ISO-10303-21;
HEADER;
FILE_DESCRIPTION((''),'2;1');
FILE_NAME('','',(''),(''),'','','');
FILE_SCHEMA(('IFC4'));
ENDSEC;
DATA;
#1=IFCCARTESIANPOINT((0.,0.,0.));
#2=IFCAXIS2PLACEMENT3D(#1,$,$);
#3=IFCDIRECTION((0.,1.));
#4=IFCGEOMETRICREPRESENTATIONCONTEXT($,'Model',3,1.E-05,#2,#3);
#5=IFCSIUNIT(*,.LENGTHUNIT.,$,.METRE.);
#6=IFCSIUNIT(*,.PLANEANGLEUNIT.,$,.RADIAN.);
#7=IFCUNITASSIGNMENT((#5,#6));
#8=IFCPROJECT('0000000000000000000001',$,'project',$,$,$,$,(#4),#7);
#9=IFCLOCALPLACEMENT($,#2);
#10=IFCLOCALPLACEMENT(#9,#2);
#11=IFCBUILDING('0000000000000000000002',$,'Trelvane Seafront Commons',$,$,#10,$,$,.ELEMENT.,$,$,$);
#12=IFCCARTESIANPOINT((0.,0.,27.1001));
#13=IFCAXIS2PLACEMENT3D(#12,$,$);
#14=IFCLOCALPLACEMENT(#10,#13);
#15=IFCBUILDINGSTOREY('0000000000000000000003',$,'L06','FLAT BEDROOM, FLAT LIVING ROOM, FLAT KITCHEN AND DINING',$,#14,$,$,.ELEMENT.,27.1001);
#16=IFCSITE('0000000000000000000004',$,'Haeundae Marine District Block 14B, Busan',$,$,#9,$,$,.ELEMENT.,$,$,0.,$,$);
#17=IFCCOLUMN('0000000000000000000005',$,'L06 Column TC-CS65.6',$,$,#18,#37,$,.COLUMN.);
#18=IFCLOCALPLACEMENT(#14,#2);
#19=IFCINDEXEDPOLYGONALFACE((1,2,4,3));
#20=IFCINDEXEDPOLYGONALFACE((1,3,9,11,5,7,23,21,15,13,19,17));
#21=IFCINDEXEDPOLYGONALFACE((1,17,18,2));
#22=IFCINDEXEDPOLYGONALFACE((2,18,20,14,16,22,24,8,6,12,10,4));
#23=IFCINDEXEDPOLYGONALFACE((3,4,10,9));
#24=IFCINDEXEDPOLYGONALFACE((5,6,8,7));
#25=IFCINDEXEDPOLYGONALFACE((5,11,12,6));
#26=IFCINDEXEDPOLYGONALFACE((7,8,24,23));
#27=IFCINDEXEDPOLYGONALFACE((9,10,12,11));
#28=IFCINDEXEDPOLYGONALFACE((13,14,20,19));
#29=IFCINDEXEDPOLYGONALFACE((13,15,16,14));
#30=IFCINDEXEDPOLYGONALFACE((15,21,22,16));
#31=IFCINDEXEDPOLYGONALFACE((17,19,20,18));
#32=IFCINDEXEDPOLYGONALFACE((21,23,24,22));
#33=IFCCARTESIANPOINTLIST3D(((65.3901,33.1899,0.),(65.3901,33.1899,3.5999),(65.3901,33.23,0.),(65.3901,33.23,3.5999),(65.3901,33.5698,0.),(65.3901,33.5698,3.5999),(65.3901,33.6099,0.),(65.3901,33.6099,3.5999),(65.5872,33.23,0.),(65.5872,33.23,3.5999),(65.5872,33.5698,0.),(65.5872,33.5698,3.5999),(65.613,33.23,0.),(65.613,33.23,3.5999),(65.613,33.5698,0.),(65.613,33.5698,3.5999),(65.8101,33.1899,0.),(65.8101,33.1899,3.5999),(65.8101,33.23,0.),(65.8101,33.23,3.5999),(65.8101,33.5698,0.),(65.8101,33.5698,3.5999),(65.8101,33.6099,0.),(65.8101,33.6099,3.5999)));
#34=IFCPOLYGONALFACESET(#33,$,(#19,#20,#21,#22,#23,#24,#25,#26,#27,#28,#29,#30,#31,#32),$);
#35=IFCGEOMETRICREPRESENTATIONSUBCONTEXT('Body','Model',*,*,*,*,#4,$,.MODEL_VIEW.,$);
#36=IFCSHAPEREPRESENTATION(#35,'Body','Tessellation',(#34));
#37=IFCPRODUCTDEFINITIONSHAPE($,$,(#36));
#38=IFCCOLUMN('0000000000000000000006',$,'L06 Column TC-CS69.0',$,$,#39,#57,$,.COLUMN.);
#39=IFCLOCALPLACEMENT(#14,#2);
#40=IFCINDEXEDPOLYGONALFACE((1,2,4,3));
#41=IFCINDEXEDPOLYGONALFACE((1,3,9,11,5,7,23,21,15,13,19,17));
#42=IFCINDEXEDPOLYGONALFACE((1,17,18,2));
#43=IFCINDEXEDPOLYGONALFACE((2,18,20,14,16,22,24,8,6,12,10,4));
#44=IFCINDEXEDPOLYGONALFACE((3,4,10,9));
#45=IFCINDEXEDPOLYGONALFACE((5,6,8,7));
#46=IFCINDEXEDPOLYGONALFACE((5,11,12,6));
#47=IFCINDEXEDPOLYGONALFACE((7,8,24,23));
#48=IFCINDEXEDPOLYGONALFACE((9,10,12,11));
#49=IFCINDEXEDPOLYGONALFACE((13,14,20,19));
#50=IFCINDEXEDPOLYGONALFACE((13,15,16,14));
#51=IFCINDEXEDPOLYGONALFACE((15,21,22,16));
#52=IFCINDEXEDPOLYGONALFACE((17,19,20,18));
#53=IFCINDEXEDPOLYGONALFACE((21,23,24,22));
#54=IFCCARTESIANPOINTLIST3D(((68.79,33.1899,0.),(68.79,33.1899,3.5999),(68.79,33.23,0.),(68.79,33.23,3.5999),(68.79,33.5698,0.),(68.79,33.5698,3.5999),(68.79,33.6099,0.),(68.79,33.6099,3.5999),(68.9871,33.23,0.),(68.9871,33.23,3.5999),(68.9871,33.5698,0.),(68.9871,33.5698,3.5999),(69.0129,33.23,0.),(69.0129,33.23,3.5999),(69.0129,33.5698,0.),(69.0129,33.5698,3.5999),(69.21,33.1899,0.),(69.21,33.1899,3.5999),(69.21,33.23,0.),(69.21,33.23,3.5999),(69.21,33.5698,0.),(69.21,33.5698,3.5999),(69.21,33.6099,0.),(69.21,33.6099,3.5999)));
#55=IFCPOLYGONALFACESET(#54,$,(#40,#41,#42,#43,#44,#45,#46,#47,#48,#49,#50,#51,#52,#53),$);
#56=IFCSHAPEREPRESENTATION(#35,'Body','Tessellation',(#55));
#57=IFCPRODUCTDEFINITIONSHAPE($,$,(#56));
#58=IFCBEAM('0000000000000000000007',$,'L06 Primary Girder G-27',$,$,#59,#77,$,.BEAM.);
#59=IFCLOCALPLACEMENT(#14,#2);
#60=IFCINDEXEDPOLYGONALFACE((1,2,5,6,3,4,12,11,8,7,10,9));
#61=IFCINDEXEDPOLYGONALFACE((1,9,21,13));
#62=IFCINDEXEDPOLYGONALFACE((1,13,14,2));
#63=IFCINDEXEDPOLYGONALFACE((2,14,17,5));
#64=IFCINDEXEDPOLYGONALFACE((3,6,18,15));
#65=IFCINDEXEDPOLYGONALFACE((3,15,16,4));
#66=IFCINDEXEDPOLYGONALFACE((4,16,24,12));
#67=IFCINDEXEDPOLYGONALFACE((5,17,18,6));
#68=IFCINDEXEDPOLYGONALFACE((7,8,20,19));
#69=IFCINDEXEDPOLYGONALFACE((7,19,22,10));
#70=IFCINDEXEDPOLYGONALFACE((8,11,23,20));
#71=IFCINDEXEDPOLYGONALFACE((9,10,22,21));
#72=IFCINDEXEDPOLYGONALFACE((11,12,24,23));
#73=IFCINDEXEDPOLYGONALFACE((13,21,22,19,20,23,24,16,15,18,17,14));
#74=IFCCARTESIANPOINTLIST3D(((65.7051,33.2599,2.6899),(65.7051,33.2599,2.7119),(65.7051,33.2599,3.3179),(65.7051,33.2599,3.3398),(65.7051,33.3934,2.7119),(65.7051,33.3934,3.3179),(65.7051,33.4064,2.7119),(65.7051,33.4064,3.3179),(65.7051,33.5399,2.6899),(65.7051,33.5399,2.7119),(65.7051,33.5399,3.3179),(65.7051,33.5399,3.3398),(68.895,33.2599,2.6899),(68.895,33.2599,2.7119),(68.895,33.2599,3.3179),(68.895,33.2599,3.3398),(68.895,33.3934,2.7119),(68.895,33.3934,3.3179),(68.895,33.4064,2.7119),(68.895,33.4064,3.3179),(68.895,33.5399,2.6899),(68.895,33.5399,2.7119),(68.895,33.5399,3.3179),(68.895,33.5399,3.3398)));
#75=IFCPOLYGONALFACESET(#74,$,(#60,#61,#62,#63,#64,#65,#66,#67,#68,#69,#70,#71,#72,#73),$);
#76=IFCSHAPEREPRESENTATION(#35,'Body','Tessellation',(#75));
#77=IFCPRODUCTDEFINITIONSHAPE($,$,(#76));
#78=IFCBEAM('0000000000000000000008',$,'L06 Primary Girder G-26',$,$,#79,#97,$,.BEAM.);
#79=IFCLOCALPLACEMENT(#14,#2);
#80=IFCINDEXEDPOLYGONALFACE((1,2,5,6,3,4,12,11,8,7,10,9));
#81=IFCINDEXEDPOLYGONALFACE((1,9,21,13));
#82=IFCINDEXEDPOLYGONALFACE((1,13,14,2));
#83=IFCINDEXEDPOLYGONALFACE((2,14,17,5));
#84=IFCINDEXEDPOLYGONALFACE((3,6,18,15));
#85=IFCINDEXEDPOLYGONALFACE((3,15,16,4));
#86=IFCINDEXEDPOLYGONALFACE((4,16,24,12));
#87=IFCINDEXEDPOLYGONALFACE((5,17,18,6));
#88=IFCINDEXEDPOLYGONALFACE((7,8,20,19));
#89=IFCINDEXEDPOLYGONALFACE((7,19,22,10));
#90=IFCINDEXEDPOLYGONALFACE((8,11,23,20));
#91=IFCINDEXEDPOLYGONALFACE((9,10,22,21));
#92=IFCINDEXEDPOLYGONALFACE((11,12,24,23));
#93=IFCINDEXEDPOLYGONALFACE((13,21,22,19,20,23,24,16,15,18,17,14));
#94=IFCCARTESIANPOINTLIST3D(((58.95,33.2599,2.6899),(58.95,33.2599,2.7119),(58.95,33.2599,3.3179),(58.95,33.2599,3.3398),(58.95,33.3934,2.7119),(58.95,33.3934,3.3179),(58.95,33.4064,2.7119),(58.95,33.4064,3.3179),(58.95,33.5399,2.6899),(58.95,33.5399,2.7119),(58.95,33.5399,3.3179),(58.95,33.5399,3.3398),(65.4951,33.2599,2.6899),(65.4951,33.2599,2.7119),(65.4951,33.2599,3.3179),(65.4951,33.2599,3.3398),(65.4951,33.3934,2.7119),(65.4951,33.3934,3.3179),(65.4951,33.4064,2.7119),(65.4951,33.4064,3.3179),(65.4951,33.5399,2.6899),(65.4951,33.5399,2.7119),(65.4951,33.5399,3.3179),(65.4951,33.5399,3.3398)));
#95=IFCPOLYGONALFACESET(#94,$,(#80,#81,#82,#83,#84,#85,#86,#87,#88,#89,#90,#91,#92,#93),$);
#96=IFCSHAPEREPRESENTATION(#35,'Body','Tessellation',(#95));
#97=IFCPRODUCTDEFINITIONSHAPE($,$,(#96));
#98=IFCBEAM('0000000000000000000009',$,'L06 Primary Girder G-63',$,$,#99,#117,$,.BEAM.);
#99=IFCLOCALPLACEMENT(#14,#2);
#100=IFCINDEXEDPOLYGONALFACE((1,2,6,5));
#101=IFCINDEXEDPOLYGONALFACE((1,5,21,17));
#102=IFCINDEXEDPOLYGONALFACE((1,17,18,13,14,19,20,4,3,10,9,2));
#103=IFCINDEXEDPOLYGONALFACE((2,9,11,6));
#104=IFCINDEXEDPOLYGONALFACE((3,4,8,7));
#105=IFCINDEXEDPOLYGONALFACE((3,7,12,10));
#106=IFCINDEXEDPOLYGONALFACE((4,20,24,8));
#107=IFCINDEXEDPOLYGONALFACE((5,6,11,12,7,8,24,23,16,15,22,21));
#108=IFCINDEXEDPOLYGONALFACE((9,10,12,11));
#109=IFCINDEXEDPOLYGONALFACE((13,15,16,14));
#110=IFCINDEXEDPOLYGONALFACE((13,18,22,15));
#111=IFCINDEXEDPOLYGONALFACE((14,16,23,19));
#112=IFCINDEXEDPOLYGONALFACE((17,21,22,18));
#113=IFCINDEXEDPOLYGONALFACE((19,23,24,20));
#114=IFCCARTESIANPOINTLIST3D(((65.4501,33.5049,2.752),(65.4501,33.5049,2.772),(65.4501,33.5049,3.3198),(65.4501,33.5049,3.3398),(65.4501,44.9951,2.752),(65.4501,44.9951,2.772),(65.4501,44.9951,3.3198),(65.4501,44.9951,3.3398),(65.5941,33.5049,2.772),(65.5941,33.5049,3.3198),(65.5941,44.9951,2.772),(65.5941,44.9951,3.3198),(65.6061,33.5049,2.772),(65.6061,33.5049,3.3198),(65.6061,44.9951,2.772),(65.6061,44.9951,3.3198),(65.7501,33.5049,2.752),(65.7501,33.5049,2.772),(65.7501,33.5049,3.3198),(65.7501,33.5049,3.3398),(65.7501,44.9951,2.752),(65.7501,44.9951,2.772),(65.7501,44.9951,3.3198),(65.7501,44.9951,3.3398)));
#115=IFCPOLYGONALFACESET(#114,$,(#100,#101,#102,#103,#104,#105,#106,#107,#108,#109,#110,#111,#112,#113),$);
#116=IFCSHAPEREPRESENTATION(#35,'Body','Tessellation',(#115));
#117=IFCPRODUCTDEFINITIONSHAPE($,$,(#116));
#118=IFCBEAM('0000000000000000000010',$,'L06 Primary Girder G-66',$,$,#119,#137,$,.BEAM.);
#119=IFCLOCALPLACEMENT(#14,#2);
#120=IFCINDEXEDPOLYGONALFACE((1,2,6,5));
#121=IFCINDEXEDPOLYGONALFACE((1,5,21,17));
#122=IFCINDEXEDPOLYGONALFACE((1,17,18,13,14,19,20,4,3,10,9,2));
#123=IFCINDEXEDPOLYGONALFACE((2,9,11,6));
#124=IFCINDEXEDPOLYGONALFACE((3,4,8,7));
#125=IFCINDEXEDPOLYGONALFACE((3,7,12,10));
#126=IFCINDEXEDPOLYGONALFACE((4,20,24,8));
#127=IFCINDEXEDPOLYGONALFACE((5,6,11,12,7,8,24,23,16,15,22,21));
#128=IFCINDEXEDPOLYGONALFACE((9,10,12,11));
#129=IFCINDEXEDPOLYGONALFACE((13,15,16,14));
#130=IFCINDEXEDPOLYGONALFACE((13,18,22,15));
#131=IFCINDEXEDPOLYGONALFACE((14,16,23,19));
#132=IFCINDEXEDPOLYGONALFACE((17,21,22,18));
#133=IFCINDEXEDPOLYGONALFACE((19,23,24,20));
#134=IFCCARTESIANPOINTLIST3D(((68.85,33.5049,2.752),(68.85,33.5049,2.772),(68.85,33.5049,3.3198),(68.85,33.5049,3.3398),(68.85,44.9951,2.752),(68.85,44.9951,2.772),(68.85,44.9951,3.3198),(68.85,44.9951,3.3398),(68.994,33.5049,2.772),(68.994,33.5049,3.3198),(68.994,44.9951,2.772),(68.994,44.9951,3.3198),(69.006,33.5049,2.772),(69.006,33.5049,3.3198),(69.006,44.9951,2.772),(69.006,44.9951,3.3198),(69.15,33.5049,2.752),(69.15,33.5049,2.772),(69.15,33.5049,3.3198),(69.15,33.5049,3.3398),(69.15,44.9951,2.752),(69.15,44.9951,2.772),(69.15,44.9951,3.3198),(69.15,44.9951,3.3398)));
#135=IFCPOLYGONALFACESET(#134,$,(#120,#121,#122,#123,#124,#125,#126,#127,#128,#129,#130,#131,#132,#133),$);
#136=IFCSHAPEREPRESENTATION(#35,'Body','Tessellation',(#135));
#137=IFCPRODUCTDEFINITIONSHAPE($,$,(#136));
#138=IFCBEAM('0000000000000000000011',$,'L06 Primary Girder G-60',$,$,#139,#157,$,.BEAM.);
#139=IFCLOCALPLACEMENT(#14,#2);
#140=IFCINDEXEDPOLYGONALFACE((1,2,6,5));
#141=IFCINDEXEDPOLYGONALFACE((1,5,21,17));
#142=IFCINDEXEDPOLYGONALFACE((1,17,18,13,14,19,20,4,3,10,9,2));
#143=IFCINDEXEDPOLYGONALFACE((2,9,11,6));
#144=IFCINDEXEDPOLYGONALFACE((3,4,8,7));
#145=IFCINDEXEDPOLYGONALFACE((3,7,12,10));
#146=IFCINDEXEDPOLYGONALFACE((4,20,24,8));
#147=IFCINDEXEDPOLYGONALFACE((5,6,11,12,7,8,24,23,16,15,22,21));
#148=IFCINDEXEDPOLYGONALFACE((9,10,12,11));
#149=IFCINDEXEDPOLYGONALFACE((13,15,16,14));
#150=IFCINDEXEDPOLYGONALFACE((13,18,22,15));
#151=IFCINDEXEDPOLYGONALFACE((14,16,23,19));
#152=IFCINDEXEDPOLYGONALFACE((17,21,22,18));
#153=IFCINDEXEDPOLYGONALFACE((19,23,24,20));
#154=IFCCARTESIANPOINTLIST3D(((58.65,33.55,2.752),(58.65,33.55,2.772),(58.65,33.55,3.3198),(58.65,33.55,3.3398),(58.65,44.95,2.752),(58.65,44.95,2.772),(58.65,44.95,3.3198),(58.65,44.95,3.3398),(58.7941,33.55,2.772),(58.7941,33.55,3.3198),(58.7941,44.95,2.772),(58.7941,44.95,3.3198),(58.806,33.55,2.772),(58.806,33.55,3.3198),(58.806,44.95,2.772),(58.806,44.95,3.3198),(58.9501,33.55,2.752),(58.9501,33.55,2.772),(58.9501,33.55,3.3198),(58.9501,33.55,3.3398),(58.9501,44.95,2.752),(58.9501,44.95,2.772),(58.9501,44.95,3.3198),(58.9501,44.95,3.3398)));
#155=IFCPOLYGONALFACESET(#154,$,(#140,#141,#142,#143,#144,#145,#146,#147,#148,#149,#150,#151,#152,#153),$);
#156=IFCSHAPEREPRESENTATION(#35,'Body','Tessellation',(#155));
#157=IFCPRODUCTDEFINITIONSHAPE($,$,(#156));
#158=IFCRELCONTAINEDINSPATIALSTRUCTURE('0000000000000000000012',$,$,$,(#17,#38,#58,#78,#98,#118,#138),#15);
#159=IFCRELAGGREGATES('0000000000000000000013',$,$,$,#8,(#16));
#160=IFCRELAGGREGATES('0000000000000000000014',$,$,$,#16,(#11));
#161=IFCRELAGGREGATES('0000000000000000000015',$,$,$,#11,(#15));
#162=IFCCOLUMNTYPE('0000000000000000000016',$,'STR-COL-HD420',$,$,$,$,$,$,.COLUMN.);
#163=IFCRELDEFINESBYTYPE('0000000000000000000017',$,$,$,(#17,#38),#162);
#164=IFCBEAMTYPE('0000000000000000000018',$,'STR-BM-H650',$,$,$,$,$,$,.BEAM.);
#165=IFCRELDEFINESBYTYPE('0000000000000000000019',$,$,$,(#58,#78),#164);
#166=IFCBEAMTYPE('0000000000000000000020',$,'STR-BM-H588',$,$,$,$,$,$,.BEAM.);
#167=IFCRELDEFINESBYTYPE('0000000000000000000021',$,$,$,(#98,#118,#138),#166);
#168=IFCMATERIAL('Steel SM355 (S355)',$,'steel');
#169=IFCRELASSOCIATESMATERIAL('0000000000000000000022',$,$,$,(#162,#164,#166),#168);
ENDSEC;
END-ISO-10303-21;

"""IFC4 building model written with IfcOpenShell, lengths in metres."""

from ifc_helpers import new_model, si_unit, direction, frame, origin, origin_2d, place, context, subcontext, project, spatial, i_section, extrude, source, transform, mapped, material, material_profile, profile_set, type_object, element, save


model = new_model("IFC4")

# Units and contexts
model_context = context("Model", 3, precision=1e-05, world=origin(), true_north=direction((0.0, 1.0)))
body_context = subcontext(model_context, "Body", "Model", "MODEL_VIEW")
ifc_project = project(units=[si_unit("LENGTHUNIT", "METRE"), si_unit("PLANEANGLEUNIT", "RADIAN")], contexts=[model_context])

# Site, building, storey
site_placement = place(None, origin())
site = spatial("IfcSite", under=ifc_project, at=site_placement, Name="Haeundae Marine District Block 14B, Busan", CompositionType="ELEMENT", RefElevation=0.0)
building_placement = place(site_placement, origin())
building = spatial("IfcBuilding", under=site, at=building_placement, Name="Trelvane Seafront Commons", CompositionType="ELEMENT")
storey_placement = place(building_placement, frame((0.0, 0.0, 27.1001)))
storey = spatial("IfcBuildingStorey", under=building, at=storey_placement, Name="L06", Description="FLAT BEDROOM, FLAT LIVING ROOM, FLAT KITCHEN AND DINING", CompositionType="ELEMENT", Elevation=27.1001)

# Columns
ifc_material_1 = material(Name="Steel SM355 (S355)", Category="steel")
ifc_material_profile_1 = material_profile(ifc_material_1, i_section(OverallWidth=0.4199, OverallDepth=0.4199, WebThickness=0.0259, FlangeThickness=0.04, at=origin_2d()), Name="HD-420x420x26x40")
ifc_profile_set_1 = profile_set([ifc_material_profile_1], Name="Steel SM355 (S355)")
column_type = type_object("IfcColumnType", Name="STR-COL-HD420", PredefinedType="COLUMN", material=ifc_profile_set_1)
shared_shape_1 = source(origin(), body_context, "Body", "SweptSolid", [
    extrude(i_section(OverallWidth=0.4199, OverallDepth=0.4199, WebThickness=0.0259, FlangeThickness=0.04, at=origin_2d()), origin(), (0.0, 0.0, 1.0), 3.5999),
])
for number, where, z_axis, x_axis, name in (
    (1, (65.6001, 33.3999, 0.0), (0.0, 0.0, 1.0), (1.0, 0.0, 0.0), "L06 Column TC-CS65.6"),
    (2, (69.0, 33.3999, 0.0), (0.0, 0.0, 1.0), (1.0, 0.0, 0.0), "L06 Column TC-CS69.0"),
):
    element("IfcColumn", number, at=place(storey_placement, frame(where, z_axis=z_axis, x_axis=x_axis)), inside=storey, type_object=column_type, Name=name, PredefinedType="COLUMN", context=body_context, shape_type="MappedRepresentation", body=[
        mapped(shared_shape_1, transform((0.0, 0.0, 0.0), x_axis=(1.0, 0.0, 0.0), y_axis=(0.0, 1.0, 0.0), z_axis=(0.0, 0.0, 1.0), scale=1.0)),
    ])

# Beams
ifc_material_profile_2 = material_profile(ifc_material_1, i_section(OverallWidth=0.28, OverallDepth=0.6499, WebThickness=0.0129, FlangeThickness=0.022, at=origin_2d()), Name="H-650x280x13x22")
ifc_profile_set_2 = profile_set([ifc_material_profile_2], Name="Steel SM355 (S355)")
beam_type_1 = type_object("IfcBeamType", Name="STR-BM-H650", PredefinedType="BEAM", material=ifc_profile_set_2)
shared_shape_2 = source(origin(), body_context, "Body", "SweptSolid", [
    extrude(i_section(OverallWidth=0.28, OverallDepth=0.6499, WebThickness=0.0129, FlangeThickness=0.022, at=origin_2d()), origin(), (0.0, 0.0, 1.0), 3.1899),
])
beam_1_placement = place(storey_placement, frame((65.7051, 33.3999, 3.0149), z_axis=(1.0, 0.0, 0.0), x_axis=(0.0, 1.0, 0.0)))
element("IfcBeam", 3, at=beam_1_placement, inside=storey, type_object=beam_type_1, Name="L06 Primary Girder G-27", PredefinedType="BEAM", context=body_context, shape_type="MappedRepresentation", body=[
    mapped(shared_shape_2, transform((0.0, 0.0, 0.0), x_axis=(1.0, 0.0, 0.0), y_axis=(0.0, 1.0, 0.0), z_axis=(0.0, 0.0, 1.0), scale=1.0)),
])
shared_shape_3 = source(origin(), body_context, "Body", "SweptSolid", [
    extrude(i_section(OverallWidth=0.28, OverallDepth=0.6499, WebThickness=0.0129, FlangeThickness=0.022, at=origin_2d()), origin(), (0.0, 0.0, 1.0), 6.5452),
])
beam_2_placement = place(storey_placement, frame((58.95, 33.3999, 3.0149), z_axis=(1.0, 0.0, 0.0), x_axis=(0.0, 1.0, 0.0)))
element("IfcBeam", 4, at=beam_2_placement, inside=storey, type_object=beam_type_1, Name="L06 Primary Girder G-26", PredefinedType="BEAM", context=body_context, shape_type="MappedRepresentation", body=[
    mapped(shared_shape_3, transform((0.0, 0.0, 0.0), x_axis=(1.0, 0.0, 0.0), y_axis=(0.0, 1.0, 0.0), z_axis=(0.0, 0.0, 1.0), scale=1.0)),
])
ifc_material_profile_3 = material_profile(ifc_material_1, i_section(OverallWidth=0.3, OverallDepth=0.5879, WebThickness=0.012, FlangeThickness=0.02, at=origin_2d()), Name="H-588x300x12x20")
ifc_profile_set_3 = profile_set([ifc_material_profile_3], Name="Steel SM355 (S355)")
beam_type_2 = type_object("IfcBeamType", Name="STR-BM-H588", PredefinedType="BEAM", material=ifc_profile_set_3)
shared_shape_4 = source(origin(), body_context, "Body", "SweptSolid", [
    extrude(i_section(OverallWidth=0.3, OverallDepth=0.5879, WebThickness=0.012, FlangeThickness=0.02, at=origin_2d()), origin(), (0.0, 0.0, 1.0), 11.4902),
])
for number, where, z_axis, x_axis, name in (
    (5, (65.6001, 33.5049, 3.0459), (0.0, 1.0, 0.0), (-1.0, 0.0, 0.0), "L06 Primary Girder G-63"),
    (6, (69.0, 33.5049, 3.0459), (0.0, 1.0, 0.0), (-1.0, 0.0, 0.0), "L06 Primary Girder G-66"),
):
    element("IfcBeam", number, at=place(storey_placement, frame(where, z_axis=z_axis, x_axis=x_axis)), inside=storey, type_object=beam_type_2, Name=name, PredefinedType="BEAM", context=body_context, shape_type="MappedRepresentation", body=[
        mapped(shared_shape_4, transform((0.0, 0.0, 0.0), x_axis=(1.0, 0.0, 0.0), y_axis=(0.0, 1.0, 0.0), z_axis=(0.0, 0.0, 1.0), scale=1.0)),
    ])
shared_shape_5 = source(origin(), body_context, "Body", "SweptSolid", [
    extrude(i_section(OverallWidth=0.3, OverallDepth=0.5879, WebThickness=0.012, FlangeThickness=0.02, at=origin_2d()), origin(), (0.0, 0.0, 1.0), 11.3999),
])
beam_3_placement = place(storey_placement, frame((58.8, 33.55, 3.0459), z_axis=(0.0, 1.0, 0.0), x_axis=(-1.0, 0.0, 0.0)))
element("IfcBeam", 7, at=beam_3_placement, inside=storey, type_object=beam_type_2, Name="L06 Primary Girder G-60", PredefinedType="BEAM", context=body_context, shape_type="MappedRepresentation", body=[
    mapped(shared_shape_5, transform((0.0, 0.0, 0.0), x_axis=(1.0, 0.0, 0.0), y_axis=(0.0, 1.0, 0.0), z_axis=(0.0, 0.0, 1.0), scale=1.0)),
])

save(model, "model.ifc")
